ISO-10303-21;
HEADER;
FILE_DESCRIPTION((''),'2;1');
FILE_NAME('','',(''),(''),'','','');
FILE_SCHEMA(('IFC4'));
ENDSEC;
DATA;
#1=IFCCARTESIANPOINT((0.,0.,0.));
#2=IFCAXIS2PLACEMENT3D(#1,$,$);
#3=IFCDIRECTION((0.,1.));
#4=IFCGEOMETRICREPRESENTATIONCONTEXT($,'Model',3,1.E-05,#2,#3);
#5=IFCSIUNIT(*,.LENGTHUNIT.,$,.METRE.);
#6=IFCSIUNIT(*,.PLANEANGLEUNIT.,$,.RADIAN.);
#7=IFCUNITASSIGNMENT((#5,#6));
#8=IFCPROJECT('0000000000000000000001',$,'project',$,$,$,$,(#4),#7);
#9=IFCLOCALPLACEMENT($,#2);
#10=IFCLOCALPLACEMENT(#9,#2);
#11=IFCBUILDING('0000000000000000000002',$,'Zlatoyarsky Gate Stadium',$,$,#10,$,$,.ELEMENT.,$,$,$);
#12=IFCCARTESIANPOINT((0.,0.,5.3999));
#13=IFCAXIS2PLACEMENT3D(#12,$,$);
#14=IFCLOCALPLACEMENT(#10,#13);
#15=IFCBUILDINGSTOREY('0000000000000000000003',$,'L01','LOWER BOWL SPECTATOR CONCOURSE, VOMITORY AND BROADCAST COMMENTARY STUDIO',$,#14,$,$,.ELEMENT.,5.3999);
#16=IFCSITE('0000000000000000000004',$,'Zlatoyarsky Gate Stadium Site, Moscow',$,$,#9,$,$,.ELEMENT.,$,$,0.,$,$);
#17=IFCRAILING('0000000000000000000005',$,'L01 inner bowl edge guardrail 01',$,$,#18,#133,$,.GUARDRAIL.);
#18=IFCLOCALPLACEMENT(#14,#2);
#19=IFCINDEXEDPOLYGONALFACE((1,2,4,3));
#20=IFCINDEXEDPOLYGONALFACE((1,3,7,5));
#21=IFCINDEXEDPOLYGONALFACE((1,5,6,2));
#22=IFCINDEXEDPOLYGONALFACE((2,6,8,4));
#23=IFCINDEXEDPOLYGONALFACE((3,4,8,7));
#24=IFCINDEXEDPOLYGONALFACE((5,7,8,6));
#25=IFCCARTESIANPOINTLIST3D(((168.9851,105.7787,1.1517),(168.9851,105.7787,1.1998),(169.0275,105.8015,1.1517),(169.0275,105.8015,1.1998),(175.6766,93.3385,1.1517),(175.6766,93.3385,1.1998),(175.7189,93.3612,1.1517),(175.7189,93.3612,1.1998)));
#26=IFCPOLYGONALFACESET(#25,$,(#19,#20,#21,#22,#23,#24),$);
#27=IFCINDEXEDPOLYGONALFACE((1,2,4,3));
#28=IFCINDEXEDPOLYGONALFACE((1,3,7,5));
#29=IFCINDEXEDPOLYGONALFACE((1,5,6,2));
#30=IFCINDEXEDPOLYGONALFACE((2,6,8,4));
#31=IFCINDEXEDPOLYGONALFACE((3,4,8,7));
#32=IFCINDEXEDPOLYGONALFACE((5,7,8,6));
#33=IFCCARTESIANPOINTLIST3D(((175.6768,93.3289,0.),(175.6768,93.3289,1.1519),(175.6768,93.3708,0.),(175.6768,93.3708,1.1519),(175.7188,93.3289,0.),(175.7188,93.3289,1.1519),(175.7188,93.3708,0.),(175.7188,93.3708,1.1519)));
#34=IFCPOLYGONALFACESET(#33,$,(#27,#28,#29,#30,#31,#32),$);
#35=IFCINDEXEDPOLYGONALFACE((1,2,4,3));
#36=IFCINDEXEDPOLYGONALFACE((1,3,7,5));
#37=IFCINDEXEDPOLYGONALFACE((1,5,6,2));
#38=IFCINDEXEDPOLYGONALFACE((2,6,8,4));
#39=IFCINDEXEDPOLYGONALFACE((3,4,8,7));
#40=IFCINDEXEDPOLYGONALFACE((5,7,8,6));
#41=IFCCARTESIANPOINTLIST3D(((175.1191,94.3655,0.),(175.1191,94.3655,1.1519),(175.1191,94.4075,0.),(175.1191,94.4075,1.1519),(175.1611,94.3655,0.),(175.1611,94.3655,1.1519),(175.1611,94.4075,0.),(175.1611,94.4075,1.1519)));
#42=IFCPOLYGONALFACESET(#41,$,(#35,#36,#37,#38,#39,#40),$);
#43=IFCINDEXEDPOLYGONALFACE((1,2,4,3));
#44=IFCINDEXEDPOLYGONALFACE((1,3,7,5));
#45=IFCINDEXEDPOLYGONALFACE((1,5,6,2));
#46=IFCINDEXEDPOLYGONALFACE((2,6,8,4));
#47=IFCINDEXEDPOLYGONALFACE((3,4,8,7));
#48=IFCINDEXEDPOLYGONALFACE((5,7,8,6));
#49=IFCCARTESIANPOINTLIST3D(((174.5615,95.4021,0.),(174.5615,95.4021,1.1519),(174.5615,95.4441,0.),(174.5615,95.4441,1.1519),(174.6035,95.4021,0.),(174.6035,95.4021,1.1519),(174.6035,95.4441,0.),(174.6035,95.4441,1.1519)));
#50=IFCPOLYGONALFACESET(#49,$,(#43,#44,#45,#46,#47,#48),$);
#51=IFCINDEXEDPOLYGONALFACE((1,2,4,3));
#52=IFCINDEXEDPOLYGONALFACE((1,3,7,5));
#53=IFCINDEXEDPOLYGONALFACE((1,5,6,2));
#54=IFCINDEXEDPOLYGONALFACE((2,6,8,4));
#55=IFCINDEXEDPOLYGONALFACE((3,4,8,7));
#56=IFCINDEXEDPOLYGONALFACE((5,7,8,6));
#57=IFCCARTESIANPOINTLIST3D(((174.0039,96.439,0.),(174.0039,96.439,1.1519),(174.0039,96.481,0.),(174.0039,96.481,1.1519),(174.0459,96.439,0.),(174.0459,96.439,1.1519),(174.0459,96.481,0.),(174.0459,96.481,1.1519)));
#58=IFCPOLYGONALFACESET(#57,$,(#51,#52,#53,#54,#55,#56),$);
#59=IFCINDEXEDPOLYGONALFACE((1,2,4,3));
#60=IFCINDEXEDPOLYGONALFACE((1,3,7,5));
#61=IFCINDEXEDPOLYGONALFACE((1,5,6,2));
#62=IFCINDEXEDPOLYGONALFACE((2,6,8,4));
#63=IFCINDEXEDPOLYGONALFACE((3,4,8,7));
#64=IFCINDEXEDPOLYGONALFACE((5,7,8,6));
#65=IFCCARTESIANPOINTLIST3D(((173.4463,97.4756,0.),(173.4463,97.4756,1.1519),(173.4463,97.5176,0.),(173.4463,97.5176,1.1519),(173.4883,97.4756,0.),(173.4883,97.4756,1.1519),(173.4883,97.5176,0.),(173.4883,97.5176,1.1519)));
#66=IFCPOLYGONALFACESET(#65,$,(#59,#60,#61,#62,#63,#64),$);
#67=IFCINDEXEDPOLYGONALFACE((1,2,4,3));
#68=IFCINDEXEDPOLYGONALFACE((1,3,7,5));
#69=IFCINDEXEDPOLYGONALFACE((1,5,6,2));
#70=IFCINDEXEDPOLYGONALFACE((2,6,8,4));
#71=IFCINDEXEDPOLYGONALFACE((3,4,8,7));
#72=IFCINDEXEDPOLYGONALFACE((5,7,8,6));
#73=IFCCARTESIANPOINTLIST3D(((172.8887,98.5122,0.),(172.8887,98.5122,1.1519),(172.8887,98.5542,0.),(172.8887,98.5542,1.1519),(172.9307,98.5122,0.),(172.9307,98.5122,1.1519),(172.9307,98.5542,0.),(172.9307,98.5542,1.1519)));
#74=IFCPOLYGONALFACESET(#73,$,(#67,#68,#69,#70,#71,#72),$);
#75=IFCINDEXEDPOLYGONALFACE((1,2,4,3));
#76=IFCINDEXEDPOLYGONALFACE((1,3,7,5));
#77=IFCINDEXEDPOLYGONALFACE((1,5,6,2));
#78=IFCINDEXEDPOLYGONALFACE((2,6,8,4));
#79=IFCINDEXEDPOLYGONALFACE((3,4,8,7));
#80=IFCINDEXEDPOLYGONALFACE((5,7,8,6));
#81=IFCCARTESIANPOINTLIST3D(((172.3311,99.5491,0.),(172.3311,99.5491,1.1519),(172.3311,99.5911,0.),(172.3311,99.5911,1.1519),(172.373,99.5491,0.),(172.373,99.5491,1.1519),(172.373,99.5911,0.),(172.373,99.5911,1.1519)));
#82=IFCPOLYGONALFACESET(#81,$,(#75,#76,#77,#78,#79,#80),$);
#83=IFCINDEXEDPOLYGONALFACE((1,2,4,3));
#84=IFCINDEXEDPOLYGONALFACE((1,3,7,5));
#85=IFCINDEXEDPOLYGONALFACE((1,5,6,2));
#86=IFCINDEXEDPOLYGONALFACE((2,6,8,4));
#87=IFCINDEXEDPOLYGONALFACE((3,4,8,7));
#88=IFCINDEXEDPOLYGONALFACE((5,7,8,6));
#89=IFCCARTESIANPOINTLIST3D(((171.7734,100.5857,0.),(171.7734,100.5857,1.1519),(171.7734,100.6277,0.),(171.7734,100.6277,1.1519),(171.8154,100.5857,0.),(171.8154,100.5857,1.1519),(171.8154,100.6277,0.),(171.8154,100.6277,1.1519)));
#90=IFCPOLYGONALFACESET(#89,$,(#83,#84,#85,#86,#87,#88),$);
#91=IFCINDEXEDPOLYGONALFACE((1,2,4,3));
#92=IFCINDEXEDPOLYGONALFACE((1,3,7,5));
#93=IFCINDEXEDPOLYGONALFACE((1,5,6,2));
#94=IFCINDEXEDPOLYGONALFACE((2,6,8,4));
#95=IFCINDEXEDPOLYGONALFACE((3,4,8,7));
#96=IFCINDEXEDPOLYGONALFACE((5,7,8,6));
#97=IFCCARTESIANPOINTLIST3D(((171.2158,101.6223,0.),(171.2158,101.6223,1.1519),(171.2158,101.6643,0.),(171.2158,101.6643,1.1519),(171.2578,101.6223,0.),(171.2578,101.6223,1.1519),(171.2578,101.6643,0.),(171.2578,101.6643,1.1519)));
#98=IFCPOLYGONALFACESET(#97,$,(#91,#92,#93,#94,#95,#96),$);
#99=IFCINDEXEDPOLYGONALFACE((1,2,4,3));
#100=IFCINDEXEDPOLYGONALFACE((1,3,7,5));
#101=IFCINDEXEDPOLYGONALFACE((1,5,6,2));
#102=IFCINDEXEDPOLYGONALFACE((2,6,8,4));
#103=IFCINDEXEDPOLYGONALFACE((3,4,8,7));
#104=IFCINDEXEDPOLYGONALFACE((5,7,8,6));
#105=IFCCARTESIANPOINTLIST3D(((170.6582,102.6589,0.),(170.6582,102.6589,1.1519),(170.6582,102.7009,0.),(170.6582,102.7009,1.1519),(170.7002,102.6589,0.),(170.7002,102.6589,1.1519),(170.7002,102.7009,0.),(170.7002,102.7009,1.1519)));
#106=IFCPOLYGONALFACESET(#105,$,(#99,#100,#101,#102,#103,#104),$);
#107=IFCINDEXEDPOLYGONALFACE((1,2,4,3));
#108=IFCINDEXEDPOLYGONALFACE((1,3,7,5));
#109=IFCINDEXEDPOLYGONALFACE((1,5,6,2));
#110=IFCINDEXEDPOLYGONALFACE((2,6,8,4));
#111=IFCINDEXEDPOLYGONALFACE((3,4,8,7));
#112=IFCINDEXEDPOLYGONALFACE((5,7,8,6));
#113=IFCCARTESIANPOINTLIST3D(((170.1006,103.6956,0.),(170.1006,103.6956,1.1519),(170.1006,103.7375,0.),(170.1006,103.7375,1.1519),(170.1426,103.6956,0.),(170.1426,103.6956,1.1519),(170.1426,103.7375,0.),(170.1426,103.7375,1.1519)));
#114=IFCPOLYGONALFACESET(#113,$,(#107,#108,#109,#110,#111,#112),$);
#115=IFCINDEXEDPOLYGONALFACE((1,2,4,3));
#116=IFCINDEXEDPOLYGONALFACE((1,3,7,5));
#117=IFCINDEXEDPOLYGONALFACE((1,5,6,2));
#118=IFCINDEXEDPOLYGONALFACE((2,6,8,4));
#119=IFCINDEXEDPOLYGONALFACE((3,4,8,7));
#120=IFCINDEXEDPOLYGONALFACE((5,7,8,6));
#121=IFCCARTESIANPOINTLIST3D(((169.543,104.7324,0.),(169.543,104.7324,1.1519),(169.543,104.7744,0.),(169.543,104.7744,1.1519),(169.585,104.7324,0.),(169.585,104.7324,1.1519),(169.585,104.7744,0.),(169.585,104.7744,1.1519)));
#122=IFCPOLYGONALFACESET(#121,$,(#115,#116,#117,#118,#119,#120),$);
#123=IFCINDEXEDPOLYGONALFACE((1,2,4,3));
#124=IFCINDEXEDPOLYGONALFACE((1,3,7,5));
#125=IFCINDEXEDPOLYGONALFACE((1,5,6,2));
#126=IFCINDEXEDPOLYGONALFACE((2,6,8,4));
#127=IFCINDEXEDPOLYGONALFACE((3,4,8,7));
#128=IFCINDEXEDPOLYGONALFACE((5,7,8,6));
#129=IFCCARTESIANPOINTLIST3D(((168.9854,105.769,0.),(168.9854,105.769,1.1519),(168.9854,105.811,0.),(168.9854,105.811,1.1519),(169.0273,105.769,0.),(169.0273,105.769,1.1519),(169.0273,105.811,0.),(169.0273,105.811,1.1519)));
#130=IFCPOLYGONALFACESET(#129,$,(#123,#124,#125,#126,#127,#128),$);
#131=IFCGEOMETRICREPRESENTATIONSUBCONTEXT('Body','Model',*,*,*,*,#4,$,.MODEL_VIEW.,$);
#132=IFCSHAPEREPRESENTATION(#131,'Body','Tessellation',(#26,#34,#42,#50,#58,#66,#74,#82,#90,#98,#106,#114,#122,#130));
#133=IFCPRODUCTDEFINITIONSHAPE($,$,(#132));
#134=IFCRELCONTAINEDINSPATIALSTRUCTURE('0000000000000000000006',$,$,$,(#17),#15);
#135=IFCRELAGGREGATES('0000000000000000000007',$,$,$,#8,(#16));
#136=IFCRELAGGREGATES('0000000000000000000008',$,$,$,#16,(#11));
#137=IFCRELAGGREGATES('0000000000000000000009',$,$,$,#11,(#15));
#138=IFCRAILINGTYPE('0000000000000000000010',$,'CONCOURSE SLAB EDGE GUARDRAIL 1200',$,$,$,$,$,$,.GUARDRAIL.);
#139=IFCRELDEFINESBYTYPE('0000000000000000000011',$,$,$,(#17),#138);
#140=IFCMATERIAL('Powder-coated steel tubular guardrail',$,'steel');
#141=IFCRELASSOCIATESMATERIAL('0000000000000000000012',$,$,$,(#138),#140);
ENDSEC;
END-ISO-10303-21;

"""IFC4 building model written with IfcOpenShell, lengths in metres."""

from ifc_helpers import new_model, si_unit, direction, frame, origin, origin_2d, place, context, subcontext, project, spatial, rectangle, extrude, material, type_object, element, save


model = new_model("IFC4")

# Units and contexts
model_context = context("Model", 3, precision=1e-05, world=origin(), true_north=direction((0.0, 1.0)))
body_context = subcontext(model_context, "Body", "Model", "MODEL_VIEW")
ifc_project = project(units=[si_unit("LENGTHUNIT", "METRE"), si_unit("PLANEANGLEUNIT", "RADIAN")], contexts=[model_context])

# Site, building, storey
site_placement = place(None, origin())
site = spatial("IfcSite", under=ifc_project, at=site_placement, Name="Zlatoyarsky Gate Stadium Site, Moscow", CompositionType="ELEMENT", RefElevation=0.0)
building_placement = place(site_placement, origin())
building = spatial("IfcBuilding", under=site, at=building_placement, Name="Zlatoyarsky Gate Stadium", CompositionType="ELEMENT")
storey_placement = place(building_placement, frame((0.0, 0.0, 5.3999)))
storey = spatial("IfcBuildingStorey", under=building, at=storey_placement, Name="L01", Description="LOWER BOWL SPECTATOR CONCOURSE, VOMITORY AND BROADCAST COMMENTARY STUDIO", CompositionType="ELEMENT", Elevation=5.3999)

# Railing
ifc_material_1 = material(Name="Powder-coated steel tubular guardrail", Category="steel")
railing_type_1 = type_object("IfcRailingType", Name="CONCOURSE SLAB EDGE GUARDRAIL 1200", PredefinedType="GUARDRAIL", material=ifc_material_1)
railing_1_placement = place(storey_placement, frame((175.6978, 93.3499, 0.0)))
element("IfcRailing", 1, at=railing_1_placement, inside=storey, type_object=railing_type_1, Name="L01 inner bowl edge guardrail 01", PredefinedType="GUARDRAIL", context=body_context, shape_type="SweptSolid", body=[
    extrude(rectangle(XDim=0.0481, YDim=0.0481, at=origin_2d()), frame((0.0, 0.0, 1.1758), z_axis=(-0.473707, 0.880682, 0.0), x_axis=(-0.880682, -0.473707, 0.0)), (0.0, 0.0, 1.0), 14.1257),
    extrude(rectangle(XDim=0.042, YDim=0.042, at=origin_2d()), origin(), (0.0, 0.0, 1.0), 1.1519),
    extrude(rectangle(XDim=0.042, YDim=0.042, at=origin_2d()), frame((-0.5576, 1.0366, 0.0)), (0.0, 0.0, 1.0), 1.1519),
    extrude(rectangle(XDim=0.042, YDim=0.042, at=origin_2d()), frame((-1.1152, 2.0732, 0.0)), (0.0, 0.0, 1.0), 1.1519),
    extrude(rectangle(XDim=0.042, YDim=0.042, at=origin_2d()), frame((-1.6729, 3.1101, 0.0)), (0.0, 0.0, 1.0), 1.1519),
    extrude(rectangle(XDim=0.042, YDim=0.042, at=origin_2d()), frame((-2.2305, 4.1467, 0.0)), (0.0, 0.0, 1.0), 1.1519),
    extrude(rectangle(XDim=0.042, YDim=0.042, at=origin_2d()), frame((-2.7881, 5.1833, 0.0)), (0.0, 0.0, 1.0), 1.1519),
    extrude(rectangle(XDim=0.042, YDim=0.042, at=origin_2d()), frame((-3.3457, 6.2202, 0.0)), (0.0, 0.0, 1.0), 1.1519),
    extrude(rectangle(XDim=0.042, YDim=0.042, at=origin_2d()), frame((-3.9033, 7.2568, 0.0)), (0.0, 0.0, 1.0), 1.1519),
    extrude(rectangle(XDim=0.042, YDim=0.042, at=origin_2d()), frame((-4.4609, 8.2935, 0.0)), (0.0, 0.0, 1.0), 1.1519),
    extrude(rectangle(XDim=0.042, YDim=0.042, at=origin_2d()), frame((-5.0186, 9.3301, 0.0)), (0.0, 0.0, 1.0), 1.1519),
    extrude(rectangle(XDim=0.042, YDim=0.042, at=origin_2d()), frame((-5.5762, 10.3667, 0.0)), (0.0, 0.0, 1.0), 1.1519),
    extrude(rectangle(XDim=0.042, YDim=0.042, at=origin_2d()), frame((-6.1338, 11.4036, 0.0)), (0.0, 0.0, 1.0), 1.1519),
    extrude(rectangle(XDim=0.042, YDim=0.042, at=origin_2d()), frame((-6.6914, 12.4402, 0.0)), (0.0, 0.0, 1.0), 1.1519),
])

save(model, "model.ifc")
